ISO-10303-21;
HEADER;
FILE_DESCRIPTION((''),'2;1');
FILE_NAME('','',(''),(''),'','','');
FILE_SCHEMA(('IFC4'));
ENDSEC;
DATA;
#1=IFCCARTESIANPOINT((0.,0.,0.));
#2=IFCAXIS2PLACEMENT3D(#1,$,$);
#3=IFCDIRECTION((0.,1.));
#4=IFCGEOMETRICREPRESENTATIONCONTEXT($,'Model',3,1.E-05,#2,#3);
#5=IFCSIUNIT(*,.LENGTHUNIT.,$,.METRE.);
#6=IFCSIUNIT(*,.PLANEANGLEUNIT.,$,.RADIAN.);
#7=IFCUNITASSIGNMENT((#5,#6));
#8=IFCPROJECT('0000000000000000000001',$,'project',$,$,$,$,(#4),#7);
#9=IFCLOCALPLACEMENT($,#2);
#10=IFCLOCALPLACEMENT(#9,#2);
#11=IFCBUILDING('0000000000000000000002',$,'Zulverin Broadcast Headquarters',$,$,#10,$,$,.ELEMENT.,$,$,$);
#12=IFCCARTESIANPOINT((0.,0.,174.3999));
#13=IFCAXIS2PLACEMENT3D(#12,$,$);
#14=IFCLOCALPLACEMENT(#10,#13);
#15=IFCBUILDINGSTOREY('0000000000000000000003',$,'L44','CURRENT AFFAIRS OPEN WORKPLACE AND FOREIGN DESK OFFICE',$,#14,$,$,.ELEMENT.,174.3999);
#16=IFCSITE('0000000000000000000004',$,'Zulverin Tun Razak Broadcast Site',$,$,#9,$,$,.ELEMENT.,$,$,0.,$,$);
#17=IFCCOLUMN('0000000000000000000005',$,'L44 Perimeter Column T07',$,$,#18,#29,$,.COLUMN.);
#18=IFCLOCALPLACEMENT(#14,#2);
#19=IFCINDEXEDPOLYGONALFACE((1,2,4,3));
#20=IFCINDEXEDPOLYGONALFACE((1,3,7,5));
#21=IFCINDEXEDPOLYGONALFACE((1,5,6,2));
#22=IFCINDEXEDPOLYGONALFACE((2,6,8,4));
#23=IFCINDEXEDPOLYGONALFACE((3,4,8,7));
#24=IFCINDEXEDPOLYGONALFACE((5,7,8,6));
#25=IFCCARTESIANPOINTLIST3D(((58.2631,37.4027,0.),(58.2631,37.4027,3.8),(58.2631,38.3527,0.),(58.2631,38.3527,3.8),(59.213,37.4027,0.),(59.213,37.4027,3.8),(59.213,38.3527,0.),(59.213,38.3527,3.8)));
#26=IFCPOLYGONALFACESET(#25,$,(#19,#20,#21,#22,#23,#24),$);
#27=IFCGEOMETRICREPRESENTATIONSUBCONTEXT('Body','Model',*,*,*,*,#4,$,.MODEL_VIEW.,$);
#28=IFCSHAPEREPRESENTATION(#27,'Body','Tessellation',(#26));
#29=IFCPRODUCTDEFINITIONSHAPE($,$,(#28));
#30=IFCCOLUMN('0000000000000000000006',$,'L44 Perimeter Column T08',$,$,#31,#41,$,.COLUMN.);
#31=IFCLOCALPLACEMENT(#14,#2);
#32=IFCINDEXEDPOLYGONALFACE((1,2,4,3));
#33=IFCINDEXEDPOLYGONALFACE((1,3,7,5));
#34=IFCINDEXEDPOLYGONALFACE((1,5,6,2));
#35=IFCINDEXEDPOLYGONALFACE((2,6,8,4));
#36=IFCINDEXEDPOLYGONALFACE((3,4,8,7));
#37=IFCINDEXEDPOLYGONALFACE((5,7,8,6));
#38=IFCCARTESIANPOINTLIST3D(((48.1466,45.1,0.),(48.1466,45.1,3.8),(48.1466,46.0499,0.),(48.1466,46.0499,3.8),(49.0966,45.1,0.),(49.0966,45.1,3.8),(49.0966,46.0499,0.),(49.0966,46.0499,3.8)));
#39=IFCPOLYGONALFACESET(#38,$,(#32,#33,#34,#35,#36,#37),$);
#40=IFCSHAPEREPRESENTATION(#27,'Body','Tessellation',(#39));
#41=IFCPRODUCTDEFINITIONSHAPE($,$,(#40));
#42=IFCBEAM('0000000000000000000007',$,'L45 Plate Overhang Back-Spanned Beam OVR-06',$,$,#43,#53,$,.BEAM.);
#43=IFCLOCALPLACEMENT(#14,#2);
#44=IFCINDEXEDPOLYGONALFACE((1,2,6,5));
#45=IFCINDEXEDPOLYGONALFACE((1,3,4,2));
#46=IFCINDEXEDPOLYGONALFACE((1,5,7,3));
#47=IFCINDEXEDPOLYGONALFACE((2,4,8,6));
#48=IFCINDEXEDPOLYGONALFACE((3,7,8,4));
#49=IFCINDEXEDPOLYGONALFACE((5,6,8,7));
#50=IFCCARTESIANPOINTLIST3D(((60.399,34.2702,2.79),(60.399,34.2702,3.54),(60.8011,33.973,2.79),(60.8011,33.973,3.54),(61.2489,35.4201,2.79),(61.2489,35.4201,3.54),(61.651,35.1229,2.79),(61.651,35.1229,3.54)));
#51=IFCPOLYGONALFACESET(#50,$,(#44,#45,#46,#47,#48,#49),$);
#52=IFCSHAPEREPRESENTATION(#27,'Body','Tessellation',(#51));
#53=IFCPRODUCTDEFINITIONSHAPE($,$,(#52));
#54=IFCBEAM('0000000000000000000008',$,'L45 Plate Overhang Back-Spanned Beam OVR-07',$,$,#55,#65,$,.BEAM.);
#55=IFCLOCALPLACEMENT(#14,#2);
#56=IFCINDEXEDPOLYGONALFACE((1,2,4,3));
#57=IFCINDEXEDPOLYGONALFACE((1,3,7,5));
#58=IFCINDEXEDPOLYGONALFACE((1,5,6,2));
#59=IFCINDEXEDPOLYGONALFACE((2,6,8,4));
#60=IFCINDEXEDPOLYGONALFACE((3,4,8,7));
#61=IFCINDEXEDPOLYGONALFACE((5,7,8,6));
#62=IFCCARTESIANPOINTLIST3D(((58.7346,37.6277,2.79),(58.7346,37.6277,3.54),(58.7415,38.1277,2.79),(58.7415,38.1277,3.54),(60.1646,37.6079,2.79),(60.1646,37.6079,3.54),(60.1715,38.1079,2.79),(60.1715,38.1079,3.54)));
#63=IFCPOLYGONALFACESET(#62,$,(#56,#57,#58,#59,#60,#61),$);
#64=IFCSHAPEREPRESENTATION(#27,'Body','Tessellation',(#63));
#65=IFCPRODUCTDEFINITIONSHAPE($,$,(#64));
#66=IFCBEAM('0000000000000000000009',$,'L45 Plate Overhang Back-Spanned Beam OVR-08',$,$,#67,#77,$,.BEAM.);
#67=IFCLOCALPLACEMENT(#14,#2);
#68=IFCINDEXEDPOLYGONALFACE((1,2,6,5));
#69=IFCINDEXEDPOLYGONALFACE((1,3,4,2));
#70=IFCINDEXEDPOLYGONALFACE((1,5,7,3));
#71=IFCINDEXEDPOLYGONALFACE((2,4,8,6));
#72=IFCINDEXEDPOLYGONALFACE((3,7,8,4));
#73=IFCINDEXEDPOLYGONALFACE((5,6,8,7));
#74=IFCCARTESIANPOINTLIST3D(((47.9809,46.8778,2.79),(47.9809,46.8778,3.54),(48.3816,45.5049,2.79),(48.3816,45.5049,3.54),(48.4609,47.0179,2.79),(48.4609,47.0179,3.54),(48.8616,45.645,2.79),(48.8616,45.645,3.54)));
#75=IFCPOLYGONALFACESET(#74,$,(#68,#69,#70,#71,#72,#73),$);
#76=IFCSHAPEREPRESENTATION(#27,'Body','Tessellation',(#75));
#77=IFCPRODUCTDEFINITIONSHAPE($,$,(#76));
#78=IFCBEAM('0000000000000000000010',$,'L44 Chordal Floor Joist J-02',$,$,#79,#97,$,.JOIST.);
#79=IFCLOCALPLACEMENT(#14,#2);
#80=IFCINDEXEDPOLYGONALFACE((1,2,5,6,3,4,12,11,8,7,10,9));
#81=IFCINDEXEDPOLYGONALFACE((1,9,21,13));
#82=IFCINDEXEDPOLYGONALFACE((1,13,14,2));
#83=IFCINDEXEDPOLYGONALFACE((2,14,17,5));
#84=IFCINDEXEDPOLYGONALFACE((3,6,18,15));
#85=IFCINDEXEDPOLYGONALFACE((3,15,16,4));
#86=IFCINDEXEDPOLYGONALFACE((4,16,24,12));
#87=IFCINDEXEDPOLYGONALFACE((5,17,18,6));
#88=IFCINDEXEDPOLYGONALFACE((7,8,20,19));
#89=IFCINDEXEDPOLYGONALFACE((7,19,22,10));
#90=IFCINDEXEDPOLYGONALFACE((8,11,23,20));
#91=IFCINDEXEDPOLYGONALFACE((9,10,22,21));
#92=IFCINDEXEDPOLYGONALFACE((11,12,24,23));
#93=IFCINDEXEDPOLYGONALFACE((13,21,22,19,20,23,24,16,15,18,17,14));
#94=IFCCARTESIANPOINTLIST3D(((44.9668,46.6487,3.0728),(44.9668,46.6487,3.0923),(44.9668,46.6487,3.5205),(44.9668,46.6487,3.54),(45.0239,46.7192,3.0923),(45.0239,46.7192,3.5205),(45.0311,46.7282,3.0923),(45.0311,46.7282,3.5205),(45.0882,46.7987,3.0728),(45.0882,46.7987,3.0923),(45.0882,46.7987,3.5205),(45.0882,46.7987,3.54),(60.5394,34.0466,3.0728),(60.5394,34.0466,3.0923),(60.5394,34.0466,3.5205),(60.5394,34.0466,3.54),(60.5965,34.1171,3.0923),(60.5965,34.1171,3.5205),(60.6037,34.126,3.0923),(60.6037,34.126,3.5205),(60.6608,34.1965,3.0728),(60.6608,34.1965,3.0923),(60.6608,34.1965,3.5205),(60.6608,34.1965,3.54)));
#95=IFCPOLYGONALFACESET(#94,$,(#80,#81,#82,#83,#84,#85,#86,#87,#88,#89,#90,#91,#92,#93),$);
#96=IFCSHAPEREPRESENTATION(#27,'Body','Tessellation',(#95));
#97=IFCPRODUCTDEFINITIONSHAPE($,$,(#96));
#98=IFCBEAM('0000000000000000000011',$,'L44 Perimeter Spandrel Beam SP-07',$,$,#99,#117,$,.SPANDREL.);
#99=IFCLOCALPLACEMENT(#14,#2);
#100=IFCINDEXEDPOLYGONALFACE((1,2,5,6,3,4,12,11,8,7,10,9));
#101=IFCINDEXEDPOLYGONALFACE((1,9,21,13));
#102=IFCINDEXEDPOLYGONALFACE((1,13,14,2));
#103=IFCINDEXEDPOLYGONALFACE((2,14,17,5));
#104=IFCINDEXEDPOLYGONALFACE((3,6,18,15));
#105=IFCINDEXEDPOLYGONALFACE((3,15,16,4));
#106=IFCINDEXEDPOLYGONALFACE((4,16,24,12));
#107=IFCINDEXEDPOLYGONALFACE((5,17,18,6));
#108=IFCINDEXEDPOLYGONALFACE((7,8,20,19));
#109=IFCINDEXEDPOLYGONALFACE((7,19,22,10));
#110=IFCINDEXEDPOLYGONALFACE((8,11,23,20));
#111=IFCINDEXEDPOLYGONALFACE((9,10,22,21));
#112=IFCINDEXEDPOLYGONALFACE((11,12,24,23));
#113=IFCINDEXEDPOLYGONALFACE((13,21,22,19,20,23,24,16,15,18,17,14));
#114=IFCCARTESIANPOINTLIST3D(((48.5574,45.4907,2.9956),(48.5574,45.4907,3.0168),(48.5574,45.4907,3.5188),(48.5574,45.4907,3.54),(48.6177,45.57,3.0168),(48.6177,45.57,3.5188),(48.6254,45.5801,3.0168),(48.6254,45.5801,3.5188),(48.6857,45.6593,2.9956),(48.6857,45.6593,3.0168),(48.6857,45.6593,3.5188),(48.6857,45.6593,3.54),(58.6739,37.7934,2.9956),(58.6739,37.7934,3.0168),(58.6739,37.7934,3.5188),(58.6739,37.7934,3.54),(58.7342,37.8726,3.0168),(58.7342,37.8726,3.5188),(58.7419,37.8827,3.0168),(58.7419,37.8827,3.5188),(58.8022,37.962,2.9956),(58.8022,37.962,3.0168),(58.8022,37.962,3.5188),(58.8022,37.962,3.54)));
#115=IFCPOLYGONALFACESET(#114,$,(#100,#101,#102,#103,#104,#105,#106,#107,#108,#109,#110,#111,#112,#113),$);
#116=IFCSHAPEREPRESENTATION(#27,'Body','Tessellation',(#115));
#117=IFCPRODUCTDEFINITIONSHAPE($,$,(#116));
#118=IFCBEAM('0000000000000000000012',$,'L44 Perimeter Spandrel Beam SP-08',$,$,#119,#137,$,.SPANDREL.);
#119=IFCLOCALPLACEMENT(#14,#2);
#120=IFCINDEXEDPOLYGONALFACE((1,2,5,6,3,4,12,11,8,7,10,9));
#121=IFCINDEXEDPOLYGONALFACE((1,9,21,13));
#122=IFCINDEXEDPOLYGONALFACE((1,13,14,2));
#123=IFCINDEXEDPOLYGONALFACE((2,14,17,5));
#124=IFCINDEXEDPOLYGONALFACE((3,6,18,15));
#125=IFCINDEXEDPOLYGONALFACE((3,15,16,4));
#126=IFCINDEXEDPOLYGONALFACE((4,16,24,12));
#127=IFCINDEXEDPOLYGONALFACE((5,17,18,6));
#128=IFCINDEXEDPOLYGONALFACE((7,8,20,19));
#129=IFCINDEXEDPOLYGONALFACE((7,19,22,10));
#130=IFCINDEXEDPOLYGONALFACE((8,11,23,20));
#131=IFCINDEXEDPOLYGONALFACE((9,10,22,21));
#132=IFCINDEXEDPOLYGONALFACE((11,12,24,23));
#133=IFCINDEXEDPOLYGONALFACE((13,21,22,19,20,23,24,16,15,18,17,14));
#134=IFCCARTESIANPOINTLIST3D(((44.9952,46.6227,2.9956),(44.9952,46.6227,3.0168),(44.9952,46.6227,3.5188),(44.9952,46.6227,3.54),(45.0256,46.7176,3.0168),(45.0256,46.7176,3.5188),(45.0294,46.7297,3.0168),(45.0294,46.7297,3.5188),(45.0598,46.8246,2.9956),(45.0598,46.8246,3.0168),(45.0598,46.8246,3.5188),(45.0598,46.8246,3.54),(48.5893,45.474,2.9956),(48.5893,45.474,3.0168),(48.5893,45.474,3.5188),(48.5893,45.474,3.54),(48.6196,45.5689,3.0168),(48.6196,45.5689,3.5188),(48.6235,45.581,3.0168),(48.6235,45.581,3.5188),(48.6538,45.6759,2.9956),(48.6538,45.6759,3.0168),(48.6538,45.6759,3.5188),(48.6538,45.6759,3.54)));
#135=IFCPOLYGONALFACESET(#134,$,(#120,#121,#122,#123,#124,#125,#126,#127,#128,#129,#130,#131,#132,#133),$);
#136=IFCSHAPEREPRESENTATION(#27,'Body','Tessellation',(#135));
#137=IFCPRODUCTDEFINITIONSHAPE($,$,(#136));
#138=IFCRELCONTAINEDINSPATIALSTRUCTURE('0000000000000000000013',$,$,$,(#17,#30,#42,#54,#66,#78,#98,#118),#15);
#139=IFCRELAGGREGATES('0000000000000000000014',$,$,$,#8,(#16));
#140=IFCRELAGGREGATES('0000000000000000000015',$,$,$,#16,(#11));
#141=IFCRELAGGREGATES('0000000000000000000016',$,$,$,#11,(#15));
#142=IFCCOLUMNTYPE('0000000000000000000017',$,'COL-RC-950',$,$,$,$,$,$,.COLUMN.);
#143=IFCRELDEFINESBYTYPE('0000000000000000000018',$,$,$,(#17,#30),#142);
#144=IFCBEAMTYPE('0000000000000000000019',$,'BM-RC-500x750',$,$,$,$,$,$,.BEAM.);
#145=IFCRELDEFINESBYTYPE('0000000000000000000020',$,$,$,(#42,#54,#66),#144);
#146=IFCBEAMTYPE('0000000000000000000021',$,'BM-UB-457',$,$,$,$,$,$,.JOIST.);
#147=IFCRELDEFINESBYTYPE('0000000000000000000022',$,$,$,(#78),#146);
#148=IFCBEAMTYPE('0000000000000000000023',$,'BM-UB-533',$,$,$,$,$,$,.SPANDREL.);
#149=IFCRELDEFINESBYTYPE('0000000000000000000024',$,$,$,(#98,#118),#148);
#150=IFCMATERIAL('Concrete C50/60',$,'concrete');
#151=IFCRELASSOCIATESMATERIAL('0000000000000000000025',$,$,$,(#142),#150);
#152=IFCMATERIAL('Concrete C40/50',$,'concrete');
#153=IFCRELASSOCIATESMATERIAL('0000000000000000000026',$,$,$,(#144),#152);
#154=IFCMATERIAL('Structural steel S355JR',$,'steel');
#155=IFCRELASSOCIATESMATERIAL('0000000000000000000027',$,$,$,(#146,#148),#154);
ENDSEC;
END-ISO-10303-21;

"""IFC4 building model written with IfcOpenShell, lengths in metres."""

from ifc_helpers import new_model, si_unit, direction, frame, origin, origin_2d, place, context, subcontext, project, spatial, rectangle, i_section, extrude, material, material_profile, profile_set, type_object, element, save


model = new_model("IFC4")

# Units and contexts
model_context = context("Model", 3, precision=1e-05, world=origin(), true_north=direction((0.0, 1.0)))
body_context = subcontext(model_context, "Body", "Model", "MODEL_VIEW")
ifc_project = project(units=[si_unit("LENGTHUNIT", "METRE"), si_unit("PLANEANGLEUNIT", "RADIAN")], contexts=[model_context])

# Site, building, storey
site_placement = place(None, origin())
site = spatial("IfcSite", under=ifc_project, at=site_placement, Name="Zulverin Tun Razak Broadcast Site", CompositionType="ELEMENT", RefElevation=0.0)
building_placement = place(site_placement, origin())
building = spatial("IfcBuilding", under=site, at=building_placement, Name="Zulverin Broadcast Headquarters", CompositionType="ELEMENT")
storey_placement = place(building_placement, frame((0.0, 0.0, 174.3999)))
storey = spatial("IfcBuildingStorey", under=building, at=storey_placement, Name="L44", Description="CURRENT AFFAIRS OPEN WORKPLACE AND FOREIGN DESK OFFICE", CompositionType="ELEMENT", Elevation=174.3999)

# Columns
ifc_material_1 = material(Name="Concrete C50/60", Category="concrete")
ifc_material_profile_1 = material_profile(ifc_material_1, rectangle(XDim=0.95, YDim=0.95, at=origin_2d()), Name="Concrete C50/60", Category="concrete")
ifc_profile_set_1 = profile_set([ifc_material_profile_1], Name="Concrete C50/60")
column_type = type_object("IfcColumnType", Name="COL-RC-950", PredefinedType="COLUMN", material=ifc_profile_set_1)
for number, where, z_axis, x_axis, name in (
    (1, (58.738, 37.8777, 0.0), (0.0, 0.0, 1.0), (1.0, 0.0, 0.0), "L44 Perimeter Column T07"),
    (2, (48.6216, 45.575, 0.0), (0.0, 0.0, 1.0), (1.0, 0.0, 0.0), "L44 Perimeter Column T08"),
):
    element("IfcColumn", number, at=place(storey_placement, frame(where, z_axis=z_axis, x_axis=x_axis)), inside=storey, type_object=column_type, Name=name, PredefinedType="COLUMN", context=body_context, shape_type="SweptSolid", body=[
        extrude(rectangle(XDim=0.95, YDim=0.95, at=origin_2d()), origin(), (0.0, 0.0, 1.0), 3.8),
    ])

# Beams
ifc_material_2 = material(Name="Concrete C40/50", Category="concrete")
ifc_material_profile_2 = material_profile(ifc_material_2, rectangle(XDim=0.5, YDim=0.75, at=origin_2d()), Name="Concrete C40/50", Category="concrete")
ifc_profile_set_2 = profile_set([ifc_material_profile_2], Name="Concrete C40/50")
beam_type_1 = type_object("IfcBeamType", Name="BM-RC-500x750", PredefinedType="BEAM", material=ifc_profile_set_2)
beam_1_placement = place(storey_placement, frame((60.6001, 34.1216, 3.165), z_axis=(0.594357, 0.804201, 0.0), x_axis=(-0.804201, 0.594357, 0.0)))
element("IfcBeam", 3, at=beam_1_placement, inside=storey, type_object=beam_type_1, Name="L45 Plate Overhang Back-Spanned Beam OVR-06", PredefinedType="BEAM", context=body_context, shape_type="SweptSolid", body=[
    extrude(rectangle(XDim=0.5, YDim=0.75, at=origin_2d()), origin(), (0.0, 0.0, 1.0), 1.4299),
])
for number, where, z_axis, x_axis, name in (
    (4, (58.738, 37.8777, 3.165), (0.999904, -0.013828, 0.0), (0.013828, 0.999904, 0.0), "L45 Plate Overhang Back-Spanned Beam OVR-07"),
    (5, (48.6216, 45.575, 3.165), (-0.280151, 0.959956, 0.0), (-0.959956, -0.280151, 0.0), "L45 Plate Overhang Back-Spanned Beam OVR-08"),
):
    element("IfcBeam", number, at=place(storey_placement, frame(where, z_axis=z_axis, x_axis=x_axis)), inside=storey, type_object=beam_type_1, Name=name, PredefinedType="BEAM", context=body_context, shape_type="SweptSolid", body=[
        extrude(rectangle(XDim=0.5, YDim=0.75, at=origin_2d()), origin(), (0.0, 0.0, 1.0), 1.4302),
    ])
ifc_material_3 = material(Name="Structural steel S355JR", Category="steel")
ifc_material_profile_3 = material_profile(ifc_material_3, i_section(OverallWidth=0.1929, OverallDepth=0.4673, WebThickness=0.0115, FlangeThickness=0.0195, at=origin_2d()), Name="Structural steel S355JR", Category="steel")
ifc_profile_set_3 = profile_set([ifc_material_profile_3], Name="Structural steel S355JR")
beam_type_2 = type_object("IfcBeamType", Name="BM-UB-457", PredefinedType="JOIST", material=ifc_profile_set_3)
beam_2_placement = place(storey_placement, frame((60.6001, 34.1216, 3.3064), z_axis=(-0.777349, 0.62907, 0.0), x_axis=(-0.62907, -0.777349, 0.0)))
element("IfcBeam", 6, at=beam_2_placement, inside=storey, type_object=beam_type_2, Name="L44 Chordal Floor Joist J-02", PredefinedType="JOIST", context=body_context, shape_type="SweptSolid", body=[
    extrude(i_section(OverallWidth=0.1929, OverallDepth=0.4673, WebThickness=0.0115, FlangeThickness=0.0195, at=origin_2d()), origin(), (0.0, 0.0, 1.0), 20.033),
])
ifc_material_profile_4 = material_profile(ifc_material_3, i_section(OverallWidth=0.2119, OverallDepth=0.5444, WebThickness=0.0127, FlangeThickness=0.0212, at=origin_2d()), Name="Structural steel S355JR", Category="steel")
ifc_profile_set_4 = profile_set([ifc_material_profile_4], Name="Structural steel S355JR")
beam_type_3 = type_object("IfcBeamType", Name="BM-UB-533", PredefinedType="SPANDREL", material=ifc_profile_set_4)
beam_3_placement = place(storey_placement, frame((58.738, 37.8777, 3.2678), z_axis=(-0.79583, 0.60552, 0.0), x_axis=(-0.60552, -0.79583, 0.0)))
element("IfcBeam", 7, at=beam_3_placement, inside=storey, type_object=beam_type_3, Name="L44 Perimeter Spandrel Beam SP-07", PredefinedType="SPANDREL", context=body_context, shape_type="SweptSolid", body=[
    extrude(i_section(OverallWidth=0.2119, OverallDepth=0.5444, WebThickness=0.0127, FlangeThickness=0.0212, at=origin_2d()), origin(), (0.0, 0.0, 1.0), 12.7119),
])
beam_4_placement = place(storey_placement, frame((48.6216, 45.575, 3.2678), z_axis=(-0.952532, 0.30444, 0.0), x_axis=(-0.30444, -0.952532, 0.0)))
element("IfcBeam", 8, at=beam_4_placement, inside=storey, type_object=beam_type_3, Name="L44 Perimeter Spandrel Beam SP-08", PredefinedType="SPANDREL", context=body_context, shape_type="SweptSolid", body=[
    extrude(i_section(OverallWidth=0.2119, OverallDepth=0.5444, WebThickness=0.0127, FlangeThickness=0.0212, at=origin_2d()), origin(), (0.0, 0.0, 1.0), 3.7732),
])

save(model, "model.ifc")
